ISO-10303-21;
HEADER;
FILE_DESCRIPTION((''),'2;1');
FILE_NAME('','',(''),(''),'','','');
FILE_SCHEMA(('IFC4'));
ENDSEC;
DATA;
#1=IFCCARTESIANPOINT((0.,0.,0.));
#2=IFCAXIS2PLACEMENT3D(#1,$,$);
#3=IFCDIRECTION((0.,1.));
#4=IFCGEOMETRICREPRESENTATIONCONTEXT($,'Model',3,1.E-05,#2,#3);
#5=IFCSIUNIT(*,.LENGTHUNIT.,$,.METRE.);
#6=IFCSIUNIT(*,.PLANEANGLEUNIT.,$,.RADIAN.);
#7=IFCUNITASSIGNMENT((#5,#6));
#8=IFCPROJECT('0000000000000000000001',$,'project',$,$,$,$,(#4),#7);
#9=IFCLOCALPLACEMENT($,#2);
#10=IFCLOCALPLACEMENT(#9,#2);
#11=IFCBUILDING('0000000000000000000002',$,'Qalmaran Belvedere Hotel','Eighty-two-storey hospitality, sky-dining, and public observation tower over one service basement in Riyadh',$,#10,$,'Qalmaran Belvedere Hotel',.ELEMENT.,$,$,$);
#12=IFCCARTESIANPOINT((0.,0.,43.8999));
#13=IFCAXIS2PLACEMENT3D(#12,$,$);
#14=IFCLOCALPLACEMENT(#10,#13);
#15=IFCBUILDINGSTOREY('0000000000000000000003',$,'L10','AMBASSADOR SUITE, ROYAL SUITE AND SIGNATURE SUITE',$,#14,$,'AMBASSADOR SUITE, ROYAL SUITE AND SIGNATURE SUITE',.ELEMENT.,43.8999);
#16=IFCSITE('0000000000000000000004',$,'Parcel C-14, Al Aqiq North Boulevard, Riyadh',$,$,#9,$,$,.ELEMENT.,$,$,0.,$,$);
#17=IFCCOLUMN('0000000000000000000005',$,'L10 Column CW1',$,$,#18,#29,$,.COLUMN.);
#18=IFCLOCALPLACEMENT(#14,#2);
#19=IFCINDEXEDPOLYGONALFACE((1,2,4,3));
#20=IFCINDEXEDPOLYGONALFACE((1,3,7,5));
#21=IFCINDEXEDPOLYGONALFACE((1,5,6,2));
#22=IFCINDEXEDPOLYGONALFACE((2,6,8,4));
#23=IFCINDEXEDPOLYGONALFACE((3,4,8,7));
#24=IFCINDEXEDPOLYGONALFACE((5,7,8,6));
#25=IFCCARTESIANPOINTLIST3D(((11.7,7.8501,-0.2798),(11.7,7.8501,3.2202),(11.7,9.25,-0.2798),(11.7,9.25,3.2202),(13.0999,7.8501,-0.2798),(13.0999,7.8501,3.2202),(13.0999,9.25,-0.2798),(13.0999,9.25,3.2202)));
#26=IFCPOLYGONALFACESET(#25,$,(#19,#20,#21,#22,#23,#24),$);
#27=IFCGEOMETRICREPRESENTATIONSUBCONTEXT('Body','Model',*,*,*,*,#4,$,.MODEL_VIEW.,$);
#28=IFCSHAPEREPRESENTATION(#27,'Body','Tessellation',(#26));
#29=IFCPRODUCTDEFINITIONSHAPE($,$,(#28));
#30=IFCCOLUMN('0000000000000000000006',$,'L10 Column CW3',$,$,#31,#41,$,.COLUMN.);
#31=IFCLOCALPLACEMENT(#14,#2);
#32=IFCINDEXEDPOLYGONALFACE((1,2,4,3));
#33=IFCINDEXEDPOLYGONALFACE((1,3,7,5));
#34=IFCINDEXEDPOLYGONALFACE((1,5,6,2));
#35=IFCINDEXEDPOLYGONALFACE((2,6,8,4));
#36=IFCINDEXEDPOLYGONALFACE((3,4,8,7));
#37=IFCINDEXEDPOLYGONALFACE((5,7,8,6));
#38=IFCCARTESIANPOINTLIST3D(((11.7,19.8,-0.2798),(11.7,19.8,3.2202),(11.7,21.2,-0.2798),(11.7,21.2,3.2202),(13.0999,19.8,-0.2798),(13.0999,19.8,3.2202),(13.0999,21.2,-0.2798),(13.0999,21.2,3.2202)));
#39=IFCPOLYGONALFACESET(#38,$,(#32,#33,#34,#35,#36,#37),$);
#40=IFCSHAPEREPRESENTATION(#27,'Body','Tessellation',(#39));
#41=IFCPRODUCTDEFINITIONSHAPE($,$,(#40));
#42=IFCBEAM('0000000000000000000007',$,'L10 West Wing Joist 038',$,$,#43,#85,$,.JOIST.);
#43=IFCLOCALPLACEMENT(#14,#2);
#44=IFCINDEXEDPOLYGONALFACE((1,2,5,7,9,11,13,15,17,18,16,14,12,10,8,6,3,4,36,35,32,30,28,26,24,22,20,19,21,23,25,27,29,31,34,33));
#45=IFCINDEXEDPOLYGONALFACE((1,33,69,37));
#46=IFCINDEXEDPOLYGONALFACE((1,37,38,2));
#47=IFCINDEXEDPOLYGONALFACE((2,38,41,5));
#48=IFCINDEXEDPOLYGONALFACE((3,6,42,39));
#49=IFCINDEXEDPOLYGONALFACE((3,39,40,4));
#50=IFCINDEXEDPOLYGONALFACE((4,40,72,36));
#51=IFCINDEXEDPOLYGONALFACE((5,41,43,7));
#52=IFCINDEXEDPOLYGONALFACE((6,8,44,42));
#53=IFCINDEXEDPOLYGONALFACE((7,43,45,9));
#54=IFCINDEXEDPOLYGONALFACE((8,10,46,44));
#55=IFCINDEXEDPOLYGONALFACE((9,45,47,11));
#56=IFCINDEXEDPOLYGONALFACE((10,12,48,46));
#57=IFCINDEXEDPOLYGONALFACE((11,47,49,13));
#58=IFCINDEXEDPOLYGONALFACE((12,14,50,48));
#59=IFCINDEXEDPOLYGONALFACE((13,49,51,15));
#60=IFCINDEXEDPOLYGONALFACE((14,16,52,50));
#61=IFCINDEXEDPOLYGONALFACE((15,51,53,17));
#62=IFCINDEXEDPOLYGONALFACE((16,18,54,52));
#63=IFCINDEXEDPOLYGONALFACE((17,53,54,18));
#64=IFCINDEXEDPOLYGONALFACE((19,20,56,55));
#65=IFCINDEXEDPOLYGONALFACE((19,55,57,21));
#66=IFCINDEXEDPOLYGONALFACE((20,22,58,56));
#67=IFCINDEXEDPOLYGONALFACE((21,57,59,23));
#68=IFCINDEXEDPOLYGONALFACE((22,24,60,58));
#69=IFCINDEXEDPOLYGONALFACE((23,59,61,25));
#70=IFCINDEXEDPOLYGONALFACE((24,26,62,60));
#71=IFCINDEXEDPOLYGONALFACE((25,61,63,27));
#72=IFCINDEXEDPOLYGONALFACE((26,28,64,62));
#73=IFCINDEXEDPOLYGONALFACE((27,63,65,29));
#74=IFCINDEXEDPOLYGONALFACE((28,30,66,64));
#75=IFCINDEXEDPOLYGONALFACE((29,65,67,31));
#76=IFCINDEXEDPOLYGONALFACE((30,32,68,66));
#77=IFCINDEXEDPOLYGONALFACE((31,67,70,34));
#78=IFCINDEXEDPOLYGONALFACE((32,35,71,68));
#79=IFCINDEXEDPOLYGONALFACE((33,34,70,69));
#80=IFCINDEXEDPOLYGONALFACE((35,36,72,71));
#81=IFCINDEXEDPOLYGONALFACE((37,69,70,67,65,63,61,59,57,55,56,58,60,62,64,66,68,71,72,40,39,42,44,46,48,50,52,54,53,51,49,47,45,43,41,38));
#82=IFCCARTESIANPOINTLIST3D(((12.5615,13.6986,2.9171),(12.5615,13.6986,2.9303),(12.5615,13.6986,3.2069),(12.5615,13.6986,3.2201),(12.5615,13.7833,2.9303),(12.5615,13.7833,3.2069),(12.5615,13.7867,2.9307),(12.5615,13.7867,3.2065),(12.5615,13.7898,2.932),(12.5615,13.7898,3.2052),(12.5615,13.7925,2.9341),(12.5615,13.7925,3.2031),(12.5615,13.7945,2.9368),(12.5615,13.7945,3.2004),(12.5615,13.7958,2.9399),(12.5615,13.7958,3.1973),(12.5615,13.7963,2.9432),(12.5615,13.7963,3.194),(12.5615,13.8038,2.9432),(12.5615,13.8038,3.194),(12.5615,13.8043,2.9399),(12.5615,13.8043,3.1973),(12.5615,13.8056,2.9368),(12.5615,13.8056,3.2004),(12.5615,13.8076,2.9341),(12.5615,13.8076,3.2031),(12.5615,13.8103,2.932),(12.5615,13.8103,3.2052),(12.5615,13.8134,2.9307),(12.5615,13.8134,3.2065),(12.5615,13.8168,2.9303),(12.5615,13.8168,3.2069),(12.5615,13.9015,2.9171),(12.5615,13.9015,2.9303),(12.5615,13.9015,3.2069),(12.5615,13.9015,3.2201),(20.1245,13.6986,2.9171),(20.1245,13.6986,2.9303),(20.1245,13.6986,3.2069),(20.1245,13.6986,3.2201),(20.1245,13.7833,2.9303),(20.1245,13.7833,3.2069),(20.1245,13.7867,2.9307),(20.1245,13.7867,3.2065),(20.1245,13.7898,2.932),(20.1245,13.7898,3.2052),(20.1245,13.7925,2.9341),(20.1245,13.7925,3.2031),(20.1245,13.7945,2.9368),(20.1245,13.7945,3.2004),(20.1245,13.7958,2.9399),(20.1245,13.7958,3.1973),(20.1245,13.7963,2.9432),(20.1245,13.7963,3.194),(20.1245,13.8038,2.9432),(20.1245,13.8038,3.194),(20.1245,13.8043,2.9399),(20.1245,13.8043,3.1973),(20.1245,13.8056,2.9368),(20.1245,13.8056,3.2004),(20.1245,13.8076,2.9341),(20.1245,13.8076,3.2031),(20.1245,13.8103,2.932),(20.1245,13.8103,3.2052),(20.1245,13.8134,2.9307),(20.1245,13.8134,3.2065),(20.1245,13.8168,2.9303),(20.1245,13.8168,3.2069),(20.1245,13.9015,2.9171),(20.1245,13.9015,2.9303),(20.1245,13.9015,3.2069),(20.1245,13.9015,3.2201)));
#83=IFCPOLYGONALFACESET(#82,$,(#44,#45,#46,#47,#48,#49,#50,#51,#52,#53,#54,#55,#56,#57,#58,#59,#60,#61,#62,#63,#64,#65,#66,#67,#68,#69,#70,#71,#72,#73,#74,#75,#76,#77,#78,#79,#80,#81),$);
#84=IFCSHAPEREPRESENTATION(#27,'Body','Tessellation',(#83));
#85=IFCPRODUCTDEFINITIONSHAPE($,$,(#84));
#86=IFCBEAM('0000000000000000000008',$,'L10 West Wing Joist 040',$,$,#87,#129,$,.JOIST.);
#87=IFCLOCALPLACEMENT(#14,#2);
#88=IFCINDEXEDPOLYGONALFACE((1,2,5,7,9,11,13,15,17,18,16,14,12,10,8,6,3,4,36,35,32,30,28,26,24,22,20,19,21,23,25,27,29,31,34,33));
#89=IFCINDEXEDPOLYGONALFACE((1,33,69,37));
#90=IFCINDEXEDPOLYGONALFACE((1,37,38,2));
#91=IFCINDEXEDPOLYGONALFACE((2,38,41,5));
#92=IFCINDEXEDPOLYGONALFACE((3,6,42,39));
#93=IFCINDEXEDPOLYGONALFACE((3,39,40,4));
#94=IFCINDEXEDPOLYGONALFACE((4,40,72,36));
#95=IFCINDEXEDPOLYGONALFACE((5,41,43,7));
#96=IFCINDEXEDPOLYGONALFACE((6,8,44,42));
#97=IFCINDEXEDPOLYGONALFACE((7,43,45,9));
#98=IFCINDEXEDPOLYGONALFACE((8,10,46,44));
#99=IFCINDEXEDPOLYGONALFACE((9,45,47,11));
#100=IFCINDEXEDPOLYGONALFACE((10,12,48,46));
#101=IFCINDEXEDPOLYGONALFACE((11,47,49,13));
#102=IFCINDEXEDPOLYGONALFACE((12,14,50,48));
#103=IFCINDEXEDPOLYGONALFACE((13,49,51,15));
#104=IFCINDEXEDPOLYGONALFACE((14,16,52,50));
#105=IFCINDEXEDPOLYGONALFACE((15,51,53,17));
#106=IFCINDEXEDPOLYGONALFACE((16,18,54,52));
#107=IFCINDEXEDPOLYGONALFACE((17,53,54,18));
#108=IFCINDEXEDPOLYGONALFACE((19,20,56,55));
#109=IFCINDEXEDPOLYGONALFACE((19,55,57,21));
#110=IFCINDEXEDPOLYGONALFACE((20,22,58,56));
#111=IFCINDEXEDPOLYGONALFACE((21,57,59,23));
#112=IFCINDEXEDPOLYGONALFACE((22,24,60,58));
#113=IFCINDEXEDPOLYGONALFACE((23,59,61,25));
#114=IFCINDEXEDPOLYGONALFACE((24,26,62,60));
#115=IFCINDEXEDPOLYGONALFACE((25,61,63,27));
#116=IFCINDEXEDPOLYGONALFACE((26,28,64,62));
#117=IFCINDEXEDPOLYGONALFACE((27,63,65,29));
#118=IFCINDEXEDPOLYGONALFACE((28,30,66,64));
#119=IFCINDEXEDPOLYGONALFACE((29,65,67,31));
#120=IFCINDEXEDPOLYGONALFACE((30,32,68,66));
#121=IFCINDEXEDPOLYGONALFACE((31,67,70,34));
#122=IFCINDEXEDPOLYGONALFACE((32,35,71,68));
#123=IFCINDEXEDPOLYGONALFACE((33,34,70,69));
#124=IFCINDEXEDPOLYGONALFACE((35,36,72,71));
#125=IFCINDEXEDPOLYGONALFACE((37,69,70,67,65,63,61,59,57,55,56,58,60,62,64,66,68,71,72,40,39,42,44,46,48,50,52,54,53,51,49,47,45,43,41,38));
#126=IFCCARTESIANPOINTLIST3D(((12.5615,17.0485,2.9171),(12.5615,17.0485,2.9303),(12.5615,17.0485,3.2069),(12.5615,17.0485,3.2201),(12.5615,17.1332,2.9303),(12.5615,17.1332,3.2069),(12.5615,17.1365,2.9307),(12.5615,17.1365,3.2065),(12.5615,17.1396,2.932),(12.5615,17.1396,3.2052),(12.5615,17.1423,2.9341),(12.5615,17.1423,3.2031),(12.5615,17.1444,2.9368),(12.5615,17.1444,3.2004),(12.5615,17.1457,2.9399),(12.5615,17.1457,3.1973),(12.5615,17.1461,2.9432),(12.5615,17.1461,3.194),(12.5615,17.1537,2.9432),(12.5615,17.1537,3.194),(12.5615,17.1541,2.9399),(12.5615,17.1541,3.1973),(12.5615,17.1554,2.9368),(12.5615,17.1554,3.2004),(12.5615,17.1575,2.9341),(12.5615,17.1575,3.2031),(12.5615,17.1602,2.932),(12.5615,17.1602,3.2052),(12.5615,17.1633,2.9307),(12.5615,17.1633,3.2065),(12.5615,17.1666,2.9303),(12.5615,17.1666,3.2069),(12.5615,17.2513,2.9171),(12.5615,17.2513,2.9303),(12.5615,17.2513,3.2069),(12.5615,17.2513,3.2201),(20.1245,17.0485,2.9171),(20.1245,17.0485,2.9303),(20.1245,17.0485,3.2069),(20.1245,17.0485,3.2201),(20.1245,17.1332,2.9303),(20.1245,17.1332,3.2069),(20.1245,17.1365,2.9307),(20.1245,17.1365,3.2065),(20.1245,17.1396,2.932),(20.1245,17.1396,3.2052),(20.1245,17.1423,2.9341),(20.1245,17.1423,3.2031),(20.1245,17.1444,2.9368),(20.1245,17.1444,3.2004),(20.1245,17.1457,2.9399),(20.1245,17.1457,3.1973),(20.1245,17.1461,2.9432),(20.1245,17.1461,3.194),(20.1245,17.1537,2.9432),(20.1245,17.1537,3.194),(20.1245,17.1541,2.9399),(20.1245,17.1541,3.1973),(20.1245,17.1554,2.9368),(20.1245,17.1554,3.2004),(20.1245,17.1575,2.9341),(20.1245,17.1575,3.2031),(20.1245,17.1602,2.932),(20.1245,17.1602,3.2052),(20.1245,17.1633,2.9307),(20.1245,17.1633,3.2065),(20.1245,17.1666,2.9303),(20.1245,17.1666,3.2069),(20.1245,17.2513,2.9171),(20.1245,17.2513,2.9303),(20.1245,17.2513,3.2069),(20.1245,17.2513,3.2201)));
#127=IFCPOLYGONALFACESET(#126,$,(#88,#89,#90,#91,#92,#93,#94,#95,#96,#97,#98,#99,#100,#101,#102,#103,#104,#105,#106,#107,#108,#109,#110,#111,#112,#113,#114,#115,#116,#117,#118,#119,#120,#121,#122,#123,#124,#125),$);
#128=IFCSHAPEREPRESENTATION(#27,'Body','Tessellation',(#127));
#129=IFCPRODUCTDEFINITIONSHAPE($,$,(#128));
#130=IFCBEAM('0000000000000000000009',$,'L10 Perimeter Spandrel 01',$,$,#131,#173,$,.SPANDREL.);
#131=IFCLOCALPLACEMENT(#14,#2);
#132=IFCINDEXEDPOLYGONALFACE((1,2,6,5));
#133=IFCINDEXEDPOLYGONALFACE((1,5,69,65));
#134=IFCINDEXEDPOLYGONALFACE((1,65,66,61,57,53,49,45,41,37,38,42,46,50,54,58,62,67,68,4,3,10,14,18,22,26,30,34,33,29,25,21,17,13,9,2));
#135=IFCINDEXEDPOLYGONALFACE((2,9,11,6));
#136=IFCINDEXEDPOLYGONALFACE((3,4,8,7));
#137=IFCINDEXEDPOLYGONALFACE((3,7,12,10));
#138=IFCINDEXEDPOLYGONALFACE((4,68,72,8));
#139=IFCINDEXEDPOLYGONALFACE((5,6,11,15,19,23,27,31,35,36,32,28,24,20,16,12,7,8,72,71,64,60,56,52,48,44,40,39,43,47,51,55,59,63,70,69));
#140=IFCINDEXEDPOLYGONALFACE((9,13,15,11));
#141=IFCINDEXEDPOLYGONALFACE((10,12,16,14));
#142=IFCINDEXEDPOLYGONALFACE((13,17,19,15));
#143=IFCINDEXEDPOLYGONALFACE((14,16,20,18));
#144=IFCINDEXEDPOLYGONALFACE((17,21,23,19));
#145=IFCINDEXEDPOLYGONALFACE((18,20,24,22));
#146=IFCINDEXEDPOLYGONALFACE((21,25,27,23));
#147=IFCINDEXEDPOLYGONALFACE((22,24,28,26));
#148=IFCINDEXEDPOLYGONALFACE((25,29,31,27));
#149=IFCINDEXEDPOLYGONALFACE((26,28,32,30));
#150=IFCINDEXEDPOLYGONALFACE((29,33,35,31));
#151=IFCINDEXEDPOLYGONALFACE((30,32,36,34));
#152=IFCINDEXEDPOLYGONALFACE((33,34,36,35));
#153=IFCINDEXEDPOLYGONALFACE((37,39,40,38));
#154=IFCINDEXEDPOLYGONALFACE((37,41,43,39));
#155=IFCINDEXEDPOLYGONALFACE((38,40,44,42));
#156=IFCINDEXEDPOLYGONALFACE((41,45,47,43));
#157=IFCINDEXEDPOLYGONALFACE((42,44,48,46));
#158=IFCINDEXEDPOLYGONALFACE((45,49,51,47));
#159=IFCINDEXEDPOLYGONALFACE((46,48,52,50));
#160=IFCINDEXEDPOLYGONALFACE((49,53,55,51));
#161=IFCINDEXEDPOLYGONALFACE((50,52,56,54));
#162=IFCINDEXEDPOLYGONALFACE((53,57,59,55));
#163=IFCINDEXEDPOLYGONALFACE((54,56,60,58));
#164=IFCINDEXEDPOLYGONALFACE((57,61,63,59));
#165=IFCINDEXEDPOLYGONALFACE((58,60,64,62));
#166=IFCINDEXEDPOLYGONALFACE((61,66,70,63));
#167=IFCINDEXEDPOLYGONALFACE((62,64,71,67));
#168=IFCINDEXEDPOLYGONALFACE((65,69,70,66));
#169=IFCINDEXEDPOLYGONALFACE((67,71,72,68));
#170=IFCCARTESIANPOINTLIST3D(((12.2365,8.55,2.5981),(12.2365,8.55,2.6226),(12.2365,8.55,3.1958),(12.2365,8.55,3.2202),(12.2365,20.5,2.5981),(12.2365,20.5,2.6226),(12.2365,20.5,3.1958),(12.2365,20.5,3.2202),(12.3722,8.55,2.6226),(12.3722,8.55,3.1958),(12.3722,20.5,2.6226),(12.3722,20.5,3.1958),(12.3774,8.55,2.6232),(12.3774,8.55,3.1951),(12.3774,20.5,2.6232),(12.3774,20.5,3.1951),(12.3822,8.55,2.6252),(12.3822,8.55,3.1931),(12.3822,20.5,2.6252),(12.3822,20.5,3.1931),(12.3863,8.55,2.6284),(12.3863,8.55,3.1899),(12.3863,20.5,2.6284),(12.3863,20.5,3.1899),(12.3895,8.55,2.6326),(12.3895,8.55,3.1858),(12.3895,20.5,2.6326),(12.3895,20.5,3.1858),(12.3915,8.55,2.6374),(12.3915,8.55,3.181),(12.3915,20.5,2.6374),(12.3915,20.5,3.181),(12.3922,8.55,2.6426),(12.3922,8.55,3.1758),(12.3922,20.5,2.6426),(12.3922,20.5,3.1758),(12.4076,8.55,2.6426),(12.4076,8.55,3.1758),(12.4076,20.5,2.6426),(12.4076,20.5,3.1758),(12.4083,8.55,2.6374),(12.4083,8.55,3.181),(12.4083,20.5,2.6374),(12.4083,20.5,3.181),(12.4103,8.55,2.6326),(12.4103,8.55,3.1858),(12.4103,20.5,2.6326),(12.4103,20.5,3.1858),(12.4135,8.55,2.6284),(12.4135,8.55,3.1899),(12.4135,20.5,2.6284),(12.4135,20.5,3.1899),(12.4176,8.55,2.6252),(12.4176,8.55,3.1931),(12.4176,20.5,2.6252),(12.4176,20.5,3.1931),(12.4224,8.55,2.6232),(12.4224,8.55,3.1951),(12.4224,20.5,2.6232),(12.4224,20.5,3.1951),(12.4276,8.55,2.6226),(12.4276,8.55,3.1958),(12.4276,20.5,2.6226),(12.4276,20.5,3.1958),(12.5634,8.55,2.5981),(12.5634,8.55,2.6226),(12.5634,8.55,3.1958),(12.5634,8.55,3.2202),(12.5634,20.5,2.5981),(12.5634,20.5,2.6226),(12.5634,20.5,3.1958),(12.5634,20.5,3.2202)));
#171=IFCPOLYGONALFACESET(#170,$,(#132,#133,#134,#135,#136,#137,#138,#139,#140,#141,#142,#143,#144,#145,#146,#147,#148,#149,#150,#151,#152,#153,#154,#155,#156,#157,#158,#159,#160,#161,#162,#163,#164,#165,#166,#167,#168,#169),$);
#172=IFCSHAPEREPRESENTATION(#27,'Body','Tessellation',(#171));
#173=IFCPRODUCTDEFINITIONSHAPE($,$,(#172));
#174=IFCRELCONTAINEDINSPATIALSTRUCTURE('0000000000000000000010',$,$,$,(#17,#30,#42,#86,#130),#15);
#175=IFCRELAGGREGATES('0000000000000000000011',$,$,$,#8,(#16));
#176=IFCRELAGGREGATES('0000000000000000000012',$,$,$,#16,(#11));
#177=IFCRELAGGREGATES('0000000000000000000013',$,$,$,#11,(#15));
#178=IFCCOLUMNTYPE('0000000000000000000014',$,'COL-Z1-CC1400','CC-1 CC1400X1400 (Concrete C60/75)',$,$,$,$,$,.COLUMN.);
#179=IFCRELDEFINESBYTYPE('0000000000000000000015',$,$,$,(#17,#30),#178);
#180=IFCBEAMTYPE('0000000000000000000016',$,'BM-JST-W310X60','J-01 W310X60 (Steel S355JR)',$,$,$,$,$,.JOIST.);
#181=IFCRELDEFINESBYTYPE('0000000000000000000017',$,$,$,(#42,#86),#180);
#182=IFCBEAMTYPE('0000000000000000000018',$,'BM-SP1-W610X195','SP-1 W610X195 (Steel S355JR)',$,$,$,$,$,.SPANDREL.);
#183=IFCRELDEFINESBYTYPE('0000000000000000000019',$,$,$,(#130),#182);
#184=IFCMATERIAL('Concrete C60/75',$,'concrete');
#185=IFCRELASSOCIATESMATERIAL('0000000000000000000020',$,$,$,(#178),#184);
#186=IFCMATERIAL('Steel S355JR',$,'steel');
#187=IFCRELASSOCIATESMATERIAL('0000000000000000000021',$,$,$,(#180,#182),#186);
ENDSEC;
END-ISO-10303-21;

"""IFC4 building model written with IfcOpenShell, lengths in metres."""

from ifc_helpers import new_model, si_unit, direction, frame, origin, origin_2d, place, context, subcontext, project, spatial, rectangle, i_section, extrude, material, material_profile, profile_set, type_object, element, save


model = new_model("IFC4")

# Units and contexts
model_context = context("Model", 3, precision=1e-05, world=origin(), true_north=direction((0.0, 1.0)))
body_context = subcontext(model_context, "Body", "Model", "MODEL_VIEW")
ifc_project = project(units=[si_unit("LENGTHUNIT", "METRE"), si_unit("PLANEANGLEUNIT", "RADIAN")], contexts=[model_context])

# Site, building, storey
site_placement = place(None, origin())
site = spatial("IfcSite", under=ifc_project, at=site_placement, Name="Parcel C-14, Al Aqiq North Boulevard, Riyadh", CompositionType="ELEMENT", RefElevation=0.0)
building_placement = place(site_placement, origin())
building = spatial("IfcBuilding", under=site, at=building_placement, Name="Qalmaran Belvedere Hotel", Description="Eighty-two-storey hospitality, sky-dining, and public observation tower over one service basement in Riyadh", LongName="Qalmaran Belvedere Hotel", CompositionType="ELEMENT")
storey_placement = place(building_placement, frame((0.0, 0.0, 43.8999)))
storey = spatial("IfcBuildingStorey", under=building, at=storey_placement, Name="L10", Description="AMBASSADOR SUITE, ROYAL SUITE AND SIGNATURE SUITE", LongName="AMBASSADOR SUITE, ROYAL SUITE AND SIGNATURE SUITE", CompositionType="ELEMENT", Elevation=43.8999)

# Columns
ifc_material_1 = material(Name="Concrete C60/75", Category="concrete")
ifc_material_profile_1 = material_profile(ifc_material_1, rectangle(XDim=1.3999, YDim=1.3999, at=origin_2d()), Name="CC1400X1400")
ifc_profile_set_1 = profile_set([ifc_material_profile_1], Name="Concrete C60/75")
column_type = type_object("IfcColumnType", Name="COL-Z1-CC1400", Description="CC-1 CC1400X1400 (Concrete C60/75)", PredefinedType="COLUMN", material=ifc_profile_set_1)
for number, where, z_axis, x_axis, name in (
    (1, (12.3999, 8.55, -0.2798), (0.0, 0.0, 1.0), (1.0, 0.0, 0.0), "L10 Column CW1"),
    (2, (12.3999, 20.5, -0.2798), (0.0, 0.0, 1.0), (1.0, 0.0, 0.0), "L10 Column CW3"),
):
    element("IfcColumn", number, at=place(storey_placement, frame(where, z_axis=z_axis, x_axis=x_axis)), inside=storey, type_object=column_type, Name=name, PredefinedType="COLUMN", context=body_context, shape_type="SweptSolid", body=[
        extrude(rectangle(XDim=1.3999, YDim=1.3999, at=origin_2d()), origin(), (0.0, 0.0, 1.0), 3.5),
    ])

# Beams
ifc_material_2 = material(Name="Steel S355JR", Category="steel")
ifc_material_profile_2 = material_profile(ifc_material_2, i_section(OverallWidth=0.2029, OverallDepth=0.303, WebThickness=0.0076, FlangeThickness=0.0132, FilletRadius=0.0129, at=origin_2d()), Name="W310X60")
ifc_profile_set_2 = profile_set([ifc_material_profile_2], Name="Steel S355JR")
beam_type_1 = type_object("IfcBeamType", Name="BM-JST-W310X60", Description="J-01 W310X60 (Steel S355JR)", PredefinedType="JOIST", material=ifc_profile_set_2)
for number, where, z_axis, x_axis, name in (
    (3, (12.5615, 13.8, 3.0686), (1.0, 0.0, 0.0), (0.0, 1.0, 0.0), "L10 West Wing Joist 038"),
    (4, (12.5615, 17.1499, 3.0686), (1.0, 0.0, 0.0), (0.0, 1.0, 0.0), "L10 West Wing Joist 040"),
):
    element("IfcBeam", number, at=place(storey_placement, frame(where, z_axis=z_axis, x_axis=x_axis)), inside=storey, type_object=beam_type_1, Name=name, PredefinedType="JOIST", context=body_context, shape_type="SweptSolid", body=[
        extrude(i_section(OverallWidth=0.2029, OverallDepth=0.303, WebThickness=0.0076, FlangeThickness=0.0132, FilletRadius=0.0129, at=origin_2d()), origin(), (0.0, 0.0, 1.0), 7.563),
    ])
ifc_material_profile_3 = material_profile(ifc_material_2, i_section(OverallWidth=0.3269, OverallDepth=0.6221, WebThickness=0.0154, FlangeThickness=0.0244, FilletRadius=0.02, at=origin_2d()), Name="W610X195")
ifc_profile_set_3 = profile_set([ifc_material_profile_3], Name="Steel S355JR")
beam_type_2 = type_object("IfcBeamType", Name="BM-SP1-W610X195", Description="SP-1 W610X195 (Steel S355JR)", PredefinedType="SPANDREL", material=ifc_profile_set_3)
beam_1_placement = place(storey_placement, frame((12.3999, 8.55, 2.9092), z_axis=(0.0, 1.0, 0.0), x_axis=(-1.0, 0.0, 0.0)))
element("IfcBeam", 5, at=beam_1_placement, inside=storey, type_object=beam_type_2, Name="L10 Perimeter Spandrel 01", PredefinedType="SPANDREL", context=body_context, shape_type="SweptSolid", body=[
    extrude(i_section(OverallWidth=0.3269, OverallDepth=0.6221, WebThickness=0.0154, FlangeThickness=0.0244, FilletRadius=0.02, at=origin_2d()), origin(), (0.0, 0.0, 1.0), 11.95),
])

save(model, "model.ifc")
